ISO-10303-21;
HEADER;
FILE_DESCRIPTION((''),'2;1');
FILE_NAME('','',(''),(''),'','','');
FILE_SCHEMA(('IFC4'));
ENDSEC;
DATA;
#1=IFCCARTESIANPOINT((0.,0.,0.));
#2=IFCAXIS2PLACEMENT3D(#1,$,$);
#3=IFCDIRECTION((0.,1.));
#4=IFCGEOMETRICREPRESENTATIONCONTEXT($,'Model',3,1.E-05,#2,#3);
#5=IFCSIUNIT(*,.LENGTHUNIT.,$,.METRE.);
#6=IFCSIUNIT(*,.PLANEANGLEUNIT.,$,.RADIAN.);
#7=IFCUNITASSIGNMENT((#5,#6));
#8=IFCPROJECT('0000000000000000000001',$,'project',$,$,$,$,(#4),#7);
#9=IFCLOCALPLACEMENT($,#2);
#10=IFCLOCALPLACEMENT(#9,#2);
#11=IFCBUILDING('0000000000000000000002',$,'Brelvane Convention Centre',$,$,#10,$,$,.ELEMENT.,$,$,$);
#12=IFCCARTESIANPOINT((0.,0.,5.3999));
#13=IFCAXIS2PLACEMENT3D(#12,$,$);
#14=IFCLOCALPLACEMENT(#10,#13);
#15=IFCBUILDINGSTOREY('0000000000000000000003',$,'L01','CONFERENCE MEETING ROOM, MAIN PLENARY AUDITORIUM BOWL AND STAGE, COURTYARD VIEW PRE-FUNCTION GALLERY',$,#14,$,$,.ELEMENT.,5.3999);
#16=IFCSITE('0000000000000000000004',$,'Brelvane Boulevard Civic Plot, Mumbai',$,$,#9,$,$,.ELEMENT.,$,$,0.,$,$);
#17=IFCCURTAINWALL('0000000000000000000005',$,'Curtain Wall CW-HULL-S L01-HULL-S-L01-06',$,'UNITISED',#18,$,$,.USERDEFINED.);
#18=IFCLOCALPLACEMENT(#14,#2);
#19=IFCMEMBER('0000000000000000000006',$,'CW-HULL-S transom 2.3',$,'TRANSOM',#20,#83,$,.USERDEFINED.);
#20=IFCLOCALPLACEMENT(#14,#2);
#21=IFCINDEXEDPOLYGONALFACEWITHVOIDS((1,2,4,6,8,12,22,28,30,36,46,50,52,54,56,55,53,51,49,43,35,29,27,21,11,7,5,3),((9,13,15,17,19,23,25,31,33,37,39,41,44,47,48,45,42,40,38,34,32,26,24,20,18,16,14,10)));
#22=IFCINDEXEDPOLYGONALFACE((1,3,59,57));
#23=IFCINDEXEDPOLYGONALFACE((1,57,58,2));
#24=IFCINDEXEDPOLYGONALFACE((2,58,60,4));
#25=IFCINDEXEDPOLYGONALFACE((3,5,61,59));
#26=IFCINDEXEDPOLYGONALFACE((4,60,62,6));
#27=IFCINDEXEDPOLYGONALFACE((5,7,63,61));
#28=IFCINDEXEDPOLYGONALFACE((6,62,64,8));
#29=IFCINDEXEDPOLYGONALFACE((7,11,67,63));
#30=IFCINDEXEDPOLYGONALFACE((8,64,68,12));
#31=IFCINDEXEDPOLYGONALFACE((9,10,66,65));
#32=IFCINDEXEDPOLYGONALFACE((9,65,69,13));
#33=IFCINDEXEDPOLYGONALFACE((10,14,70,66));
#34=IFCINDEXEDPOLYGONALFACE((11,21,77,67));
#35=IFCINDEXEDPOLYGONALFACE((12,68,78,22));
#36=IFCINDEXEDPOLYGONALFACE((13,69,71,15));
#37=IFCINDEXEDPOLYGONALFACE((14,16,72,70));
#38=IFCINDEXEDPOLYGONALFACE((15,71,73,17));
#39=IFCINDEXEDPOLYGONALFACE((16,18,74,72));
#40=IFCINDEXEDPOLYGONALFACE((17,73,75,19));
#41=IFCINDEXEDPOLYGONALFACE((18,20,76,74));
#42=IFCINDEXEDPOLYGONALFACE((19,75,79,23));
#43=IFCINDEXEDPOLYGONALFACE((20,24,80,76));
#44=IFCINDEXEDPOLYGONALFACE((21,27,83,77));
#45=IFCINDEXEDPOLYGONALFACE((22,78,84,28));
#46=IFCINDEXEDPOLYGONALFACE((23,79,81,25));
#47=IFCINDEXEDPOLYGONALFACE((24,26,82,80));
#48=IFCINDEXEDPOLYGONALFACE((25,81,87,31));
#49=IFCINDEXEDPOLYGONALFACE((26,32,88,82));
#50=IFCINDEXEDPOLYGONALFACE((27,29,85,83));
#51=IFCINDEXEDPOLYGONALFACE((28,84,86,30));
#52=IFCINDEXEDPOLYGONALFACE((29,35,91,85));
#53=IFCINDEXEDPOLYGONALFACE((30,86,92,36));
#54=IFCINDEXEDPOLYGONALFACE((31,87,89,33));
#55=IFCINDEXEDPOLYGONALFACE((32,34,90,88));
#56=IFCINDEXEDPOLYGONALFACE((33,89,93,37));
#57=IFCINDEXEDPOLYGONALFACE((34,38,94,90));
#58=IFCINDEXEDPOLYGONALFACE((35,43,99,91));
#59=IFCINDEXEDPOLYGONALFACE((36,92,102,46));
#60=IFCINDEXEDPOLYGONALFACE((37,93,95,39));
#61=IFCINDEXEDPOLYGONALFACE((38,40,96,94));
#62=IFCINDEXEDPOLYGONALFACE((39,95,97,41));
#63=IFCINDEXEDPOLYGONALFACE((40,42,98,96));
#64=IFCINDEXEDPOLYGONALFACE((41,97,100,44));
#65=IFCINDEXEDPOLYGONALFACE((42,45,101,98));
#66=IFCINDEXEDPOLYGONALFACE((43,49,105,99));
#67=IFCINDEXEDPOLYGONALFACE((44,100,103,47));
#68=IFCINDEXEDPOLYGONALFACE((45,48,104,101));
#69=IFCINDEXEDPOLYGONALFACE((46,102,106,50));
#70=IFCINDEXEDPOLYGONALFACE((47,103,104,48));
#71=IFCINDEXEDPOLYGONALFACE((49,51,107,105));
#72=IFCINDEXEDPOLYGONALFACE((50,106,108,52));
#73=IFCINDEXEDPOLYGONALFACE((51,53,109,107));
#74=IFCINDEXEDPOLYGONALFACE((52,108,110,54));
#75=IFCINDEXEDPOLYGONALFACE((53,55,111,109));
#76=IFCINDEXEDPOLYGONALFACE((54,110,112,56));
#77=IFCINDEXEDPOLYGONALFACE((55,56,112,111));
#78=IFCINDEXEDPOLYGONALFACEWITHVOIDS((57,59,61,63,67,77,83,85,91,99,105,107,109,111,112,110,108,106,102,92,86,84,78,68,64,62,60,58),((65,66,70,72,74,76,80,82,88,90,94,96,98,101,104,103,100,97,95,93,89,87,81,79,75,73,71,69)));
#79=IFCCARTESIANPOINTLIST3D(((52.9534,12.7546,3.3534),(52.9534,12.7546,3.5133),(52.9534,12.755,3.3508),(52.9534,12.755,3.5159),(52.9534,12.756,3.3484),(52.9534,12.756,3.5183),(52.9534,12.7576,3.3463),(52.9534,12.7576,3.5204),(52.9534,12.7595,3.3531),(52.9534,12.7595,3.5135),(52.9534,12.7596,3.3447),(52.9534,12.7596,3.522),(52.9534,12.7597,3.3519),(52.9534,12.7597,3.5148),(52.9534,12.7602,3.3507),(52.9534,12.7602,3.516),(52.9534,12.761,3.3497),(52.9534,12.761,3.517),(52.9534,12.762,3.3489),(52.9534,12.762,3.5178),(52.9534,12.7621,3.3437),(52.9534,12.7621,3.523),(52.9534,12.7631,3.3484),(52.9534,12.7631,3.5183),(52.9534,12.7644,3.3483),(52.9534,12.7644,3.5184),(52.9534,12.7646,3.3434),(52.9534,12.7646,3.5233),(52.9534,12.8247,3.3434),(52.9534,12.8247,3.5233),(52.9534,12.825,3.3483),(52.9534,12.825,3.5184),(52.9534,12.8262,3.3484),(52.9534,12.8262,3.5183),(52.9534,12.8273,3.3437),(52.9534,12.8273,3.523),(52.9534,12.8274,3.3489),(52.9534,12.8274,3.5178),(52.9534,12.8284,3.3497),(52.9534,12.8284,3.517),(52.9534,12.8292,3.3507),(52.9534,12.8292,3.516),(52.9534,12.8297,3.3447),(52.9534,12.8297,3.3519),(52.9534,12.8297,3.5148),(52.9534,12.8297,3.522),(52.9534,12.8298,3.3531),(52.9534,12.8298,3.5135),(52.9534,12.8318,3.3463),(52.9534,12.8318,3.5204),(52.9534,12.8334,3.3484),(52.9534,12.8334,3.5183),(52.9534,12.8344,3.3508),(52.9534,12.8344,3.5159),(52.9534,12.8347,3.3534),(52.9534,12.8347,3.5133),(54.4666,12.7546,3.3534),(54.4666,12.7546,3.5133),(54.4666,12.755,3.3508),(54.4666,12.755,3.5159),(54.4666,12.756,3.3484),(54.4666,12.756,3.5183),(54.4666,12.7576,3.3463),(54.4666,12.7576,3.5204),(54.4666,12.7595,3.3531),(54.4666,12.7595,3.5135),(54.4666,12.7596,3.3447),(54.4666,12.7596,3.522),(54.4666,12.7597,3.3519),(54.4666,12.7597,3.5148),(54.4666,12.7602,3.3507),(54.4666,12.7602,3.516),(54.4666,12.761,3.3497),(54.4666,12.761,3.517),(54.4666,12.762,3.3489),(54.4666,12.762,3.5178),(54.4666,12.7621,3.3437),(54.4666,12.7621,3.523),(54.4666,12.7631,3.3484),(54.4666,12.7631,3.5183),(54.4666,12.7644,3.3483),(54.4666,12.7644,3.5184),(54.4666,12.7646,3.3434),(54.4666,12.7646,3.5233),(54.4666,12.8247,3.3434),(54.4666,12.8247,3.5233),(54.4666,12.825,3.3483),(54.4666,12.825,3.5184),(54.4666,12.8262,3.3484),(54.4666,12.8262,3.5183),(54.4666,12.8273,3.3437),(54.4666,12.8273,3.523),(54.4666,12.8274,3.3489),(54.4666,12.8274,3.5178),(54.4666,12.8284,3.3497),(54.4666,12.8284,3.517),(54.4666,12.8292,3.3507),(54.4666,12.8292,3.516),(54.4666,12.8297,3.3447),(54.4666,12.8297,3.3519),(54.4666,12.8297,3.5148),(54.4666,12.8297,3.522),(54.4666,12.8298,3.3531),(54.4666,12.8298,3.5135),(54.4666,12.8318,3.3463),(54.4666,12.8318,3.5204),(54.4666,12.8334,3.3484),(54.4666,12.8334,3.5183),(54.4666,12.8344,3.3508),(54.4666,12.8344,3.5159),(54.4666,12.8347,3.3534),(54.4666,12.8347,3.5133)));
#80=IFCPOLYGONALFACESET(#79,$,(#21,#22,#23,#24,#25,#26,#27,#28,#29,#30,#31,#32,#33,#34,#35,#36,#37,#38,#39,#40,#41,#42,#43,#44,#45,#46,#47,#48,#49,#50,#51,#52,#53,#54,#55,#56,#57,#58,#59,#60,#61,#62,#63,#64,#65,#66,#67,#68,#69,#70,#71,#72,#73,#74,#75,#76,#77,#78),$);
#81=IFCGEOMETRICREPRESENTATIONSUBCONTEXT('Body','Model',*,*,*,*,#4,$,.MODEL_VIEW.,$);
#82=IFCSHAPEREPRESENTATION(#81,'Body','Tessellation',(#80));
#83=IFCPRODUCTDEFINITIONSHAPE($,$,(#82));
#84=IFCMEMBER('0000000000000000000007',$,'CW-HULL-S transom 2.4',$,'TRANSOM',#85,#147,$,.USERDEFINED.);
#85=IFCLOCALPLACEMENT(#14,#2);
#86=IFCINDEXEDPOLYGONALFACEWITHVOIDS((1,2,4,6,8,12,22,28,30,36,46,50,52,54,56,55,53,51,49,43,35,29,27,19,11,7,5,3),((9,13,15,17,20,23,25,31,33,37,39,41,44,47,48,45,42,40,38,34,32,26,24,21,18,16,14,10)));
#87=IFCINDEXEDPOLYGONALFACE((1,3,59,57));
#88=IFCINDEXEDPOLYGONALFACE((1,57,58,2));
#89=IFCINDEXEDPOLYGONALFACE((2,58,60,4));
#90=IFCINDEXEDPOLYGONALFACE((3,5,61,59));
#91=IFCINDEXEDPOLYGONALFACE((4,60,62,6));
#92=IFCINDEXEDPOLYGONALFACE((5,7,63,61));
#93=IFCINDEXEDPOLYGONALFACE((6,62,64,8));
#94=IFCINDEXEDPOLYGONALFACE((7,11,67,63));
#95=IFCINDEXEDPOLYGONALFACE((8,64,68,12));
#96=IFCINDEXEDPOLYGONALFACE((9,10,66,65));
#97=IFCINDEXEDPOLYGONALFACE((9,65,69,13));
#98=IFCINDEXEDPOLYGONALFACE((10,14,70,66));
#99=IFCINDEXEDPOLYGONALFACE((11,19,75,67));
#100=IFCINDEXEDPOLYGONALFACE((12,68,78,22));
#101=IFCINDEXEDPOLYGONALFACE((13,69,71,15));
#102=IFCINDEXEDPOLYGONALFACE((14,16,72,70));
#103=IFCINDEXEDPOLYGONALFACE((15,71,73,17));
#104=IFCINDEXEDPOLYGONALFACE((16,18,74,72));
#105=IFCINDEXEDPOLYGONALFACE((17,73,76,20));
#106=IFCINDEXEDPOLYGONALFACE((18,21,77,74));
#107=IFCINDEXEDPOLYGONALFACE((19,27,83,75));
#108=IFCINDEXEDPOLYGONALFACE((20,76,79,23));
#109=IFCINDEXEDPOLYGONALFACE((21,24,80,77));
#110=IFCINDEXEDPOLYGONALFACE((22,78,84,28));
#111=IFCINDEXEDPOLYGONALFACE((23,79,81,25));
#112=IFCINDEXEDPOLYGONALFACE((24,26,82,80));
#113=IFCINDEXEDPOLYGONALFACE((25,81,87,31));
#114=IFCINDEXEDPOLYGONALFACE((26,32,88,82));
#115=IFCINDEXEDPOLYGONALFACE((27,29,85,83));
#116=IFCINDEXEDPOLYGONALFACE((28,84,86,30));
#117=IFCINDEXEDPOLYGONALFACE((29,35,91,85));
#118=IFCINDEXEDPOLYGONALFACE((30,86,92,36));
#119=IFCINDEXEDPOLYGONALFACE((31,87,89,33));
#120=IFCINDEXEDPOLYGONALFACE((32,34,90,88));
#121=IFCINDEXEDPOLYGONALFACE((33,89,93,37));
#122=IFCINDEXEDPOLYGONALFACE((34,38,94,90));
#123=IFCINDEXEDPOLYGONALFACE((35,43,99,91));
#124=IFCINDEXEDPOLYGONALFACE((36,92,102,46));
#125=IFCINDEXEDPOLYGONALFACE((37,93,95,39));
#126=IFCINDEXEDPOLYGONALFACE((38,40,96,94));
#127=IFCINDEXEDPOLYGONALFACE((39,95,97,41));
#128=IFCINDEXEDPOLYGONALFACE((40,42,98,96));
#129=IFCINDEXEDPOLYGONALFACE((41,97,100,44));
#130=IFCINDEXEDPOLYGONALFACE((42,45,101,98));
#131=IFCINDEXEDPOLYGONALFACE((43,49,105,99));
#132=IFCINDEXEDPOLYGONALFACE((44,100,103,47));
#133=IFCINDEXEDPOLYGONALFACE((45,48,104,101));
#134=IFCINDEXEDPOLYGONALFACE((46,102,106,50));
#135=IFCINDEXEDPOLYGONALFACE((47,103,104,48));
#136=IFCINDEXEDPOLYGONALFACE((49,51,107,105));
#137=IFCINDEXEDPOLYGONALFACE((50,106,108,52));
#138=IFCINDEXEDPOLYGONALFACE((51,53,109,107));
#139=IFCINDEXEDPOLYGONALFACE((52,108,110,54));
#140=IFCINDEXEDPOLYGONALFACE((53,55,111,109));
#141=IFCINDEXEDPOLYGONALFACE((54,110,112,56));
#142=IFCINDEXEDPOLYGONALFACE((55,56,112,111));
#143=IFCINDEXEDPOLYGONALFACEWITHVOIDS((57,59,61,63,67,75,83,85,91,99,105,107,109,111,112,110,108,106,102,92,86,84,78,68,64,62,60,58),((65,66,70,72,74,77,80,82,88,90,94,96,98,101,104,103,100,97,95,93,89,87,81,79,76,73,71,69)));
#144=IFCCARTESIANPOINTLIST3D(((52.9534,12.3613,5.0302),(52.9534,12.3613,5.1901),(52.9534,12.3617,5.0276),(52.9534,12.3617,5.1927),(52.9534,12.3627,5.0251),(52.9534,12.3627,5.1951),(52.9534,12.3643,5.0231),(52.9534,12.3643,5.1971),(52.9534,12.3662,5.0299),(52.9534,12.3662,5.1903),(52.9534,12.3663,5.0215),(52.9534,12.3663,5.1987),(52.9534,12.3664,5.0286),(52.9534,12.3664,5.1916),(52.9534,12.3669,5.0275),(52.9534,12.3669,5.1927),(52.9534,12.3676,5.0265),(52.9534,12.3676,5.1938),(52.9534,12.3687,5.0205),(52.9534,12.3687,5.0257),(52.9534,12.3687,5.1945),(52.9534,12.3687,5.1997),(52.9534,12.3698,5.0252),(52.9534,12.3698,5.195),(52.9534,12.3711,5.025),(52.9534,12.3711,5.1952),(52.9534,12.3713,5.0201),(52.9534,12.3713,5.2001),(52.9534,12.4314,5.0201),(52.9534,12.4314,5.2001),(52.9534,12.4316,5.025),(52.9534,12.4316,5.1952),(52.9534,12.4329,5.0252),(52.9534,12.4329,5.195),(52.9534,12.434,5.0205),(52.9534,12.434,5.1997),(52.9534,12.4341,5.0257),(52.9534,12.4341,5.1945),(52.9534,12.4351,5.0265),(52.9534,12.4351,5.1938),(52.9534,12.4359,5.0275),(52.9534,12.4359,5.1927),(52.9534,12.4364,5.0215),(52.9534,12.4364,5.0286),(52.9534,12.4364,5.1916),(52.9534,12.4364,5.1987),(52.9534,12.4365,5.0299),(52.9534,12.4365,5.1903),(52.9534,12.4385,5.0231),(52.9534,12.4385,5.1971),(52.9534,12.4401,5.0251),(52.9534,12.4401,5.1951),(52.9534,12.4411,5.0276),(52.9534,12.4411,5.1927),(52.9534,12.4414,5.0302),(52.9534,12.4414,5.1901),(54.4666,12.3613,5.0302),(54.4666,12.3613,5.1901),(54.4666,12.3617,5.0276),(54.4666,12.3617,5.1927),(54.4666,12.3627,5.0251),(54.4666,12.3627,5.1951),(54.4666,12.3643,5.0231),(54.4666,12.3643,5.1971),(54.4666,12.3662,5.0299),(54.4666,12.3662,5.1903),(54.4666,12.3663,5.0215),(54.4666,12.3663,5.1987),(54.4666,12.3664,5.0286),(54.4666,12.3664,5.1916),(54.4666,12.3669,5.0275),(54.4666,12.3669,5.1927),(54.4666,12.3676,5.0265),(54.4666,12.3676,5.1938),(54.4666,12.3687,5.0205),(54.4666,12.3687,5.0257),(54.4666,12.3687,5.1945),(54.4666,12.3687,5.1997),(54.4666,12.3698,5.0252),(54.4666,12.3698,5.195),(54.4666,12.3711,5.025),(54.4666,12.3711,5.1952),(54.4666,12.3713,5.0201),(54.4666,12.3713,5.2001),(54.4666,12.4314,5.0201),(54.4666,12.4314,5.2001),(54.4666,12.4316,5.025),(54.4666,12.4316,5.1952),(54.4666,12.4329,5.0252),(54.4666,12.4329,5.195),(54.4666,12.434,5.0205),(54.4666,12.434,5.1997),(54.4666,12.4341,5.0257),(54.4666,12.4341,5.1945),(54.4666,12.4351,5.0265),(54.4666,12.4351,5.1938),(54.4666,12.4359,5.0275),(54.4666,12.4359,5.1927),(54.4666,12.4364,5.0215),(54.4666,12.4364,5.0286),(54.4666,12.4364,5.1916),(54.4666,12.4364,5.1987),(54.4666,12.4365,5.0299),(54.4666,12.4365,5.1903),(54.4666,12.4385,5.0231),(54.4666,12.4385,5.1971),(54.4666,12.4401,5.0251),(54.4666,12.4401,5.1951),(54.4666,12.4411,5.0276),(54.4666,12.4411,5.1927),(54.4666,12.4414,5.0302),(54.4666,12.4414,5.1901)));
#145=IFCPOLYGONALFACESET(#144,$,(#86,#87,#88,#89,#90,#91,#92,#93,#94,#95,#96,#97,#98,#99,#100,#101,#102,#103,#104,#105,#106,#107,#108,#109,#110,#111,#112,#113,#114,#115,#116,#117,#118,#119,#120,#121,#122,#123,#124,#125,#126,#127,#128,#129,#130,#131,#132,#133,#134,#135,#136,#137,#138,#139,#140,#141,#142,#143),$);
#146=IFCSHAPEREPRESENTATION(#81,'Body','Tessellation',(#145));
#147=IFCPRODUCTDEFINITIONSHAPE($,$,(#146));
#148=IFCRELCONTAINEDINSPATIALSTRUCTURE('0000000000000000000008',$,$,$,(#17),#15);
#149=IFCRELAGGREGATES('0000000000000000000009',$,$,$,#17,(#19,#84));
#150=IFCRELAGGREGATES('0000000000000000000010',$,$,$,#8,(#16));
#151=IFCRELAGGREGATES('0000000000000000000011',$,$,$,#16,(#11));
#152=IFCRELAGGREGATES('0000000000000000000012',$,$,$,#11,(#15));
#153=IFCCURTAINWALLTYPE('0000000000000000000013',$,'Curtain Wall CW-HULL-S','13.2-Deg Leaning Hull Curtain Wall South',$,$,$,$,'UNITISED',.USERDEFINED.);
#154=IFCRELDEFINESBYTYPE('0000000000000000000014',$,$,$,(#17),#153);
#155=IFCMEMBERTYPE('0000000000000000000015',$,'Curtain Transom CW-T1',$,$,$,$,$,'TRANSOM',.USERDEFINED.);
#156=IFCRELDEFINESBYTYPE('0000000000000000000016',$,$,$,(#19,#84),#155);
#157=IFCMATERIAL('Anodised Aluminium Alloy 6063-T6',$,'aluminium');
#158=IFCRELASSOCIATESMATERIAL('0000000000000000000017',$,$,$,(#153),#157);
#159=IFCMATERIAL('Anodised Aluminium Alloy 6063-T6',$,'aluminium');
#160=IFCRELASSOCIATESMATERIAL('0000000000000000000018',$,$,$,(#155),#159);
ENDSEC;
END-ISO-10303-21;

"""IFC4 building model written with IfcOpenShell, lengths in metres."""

from ifc_helpers import new_model, si_unit, direction, frame, origin, origin_2d, place, context, subcontext, project, spatial, hollow_rectangle, extrude, material, material_profile, profile_set, type_object, element, aggregate, save


model = new_model("IFC4")

# Units and contexts
model_context = context("Model", 3, precision=1e-05, world=origin(), true_north=direction((0.0, 1.0)))
body_context = subcontext(model_context, "Body", "Model", "MODEL_VIEW")
ifc_project = project(units=[si_unit("LENGTHUNIT", "METRE"), si_unit("PLANEANGLEUNIT", "RADIAN")], contexts=[model_context])

# Site, building, storey
site_placement = place(None, origin())
site = spatial("IfcSite", under=ifc_project, at=site_placement, Name="Brelvane Boulevard Civic Plot, Mumbai", CompositionType="ELEMENT", RefElevation=0.0)
building_placement = place(site_placement, origin())
building = spatial("IfcBuilding", under=site, at=building_placement, Name="Brelvane Convention Centre", CompositionType="ELEMENT")
storey_placement = place(building_placement, frame((0.0, 0.0, 5.3999)))
storey = spatial("IfcBuildingStorey", under=building, at=storey_placement, Name="L01", Description="CONFERENCE MEETING ROOM, MAIN PLENARY AUDITORIUM BOWL AND STAGE, COURTYARD VIEW PRE-FUNCTION GALLERY", CompositionType="ELEMENT", Elevation=5.3999)

# Curtain wall, members
ifc_material_1 = material(Name="Anodised Aluminium Alloy 6063-T6", Category="aluminium")
curtain_wall_type = type_object("IfcCurtainWallType", Name="Curtain Wall CW-HULL-S", Description="13.2-Deg Leaning Hull Curtain Wall South", ElementType="UNITISED", PredefinedType="USERDEFINED", material=ifc_material_1)
ifc_material_2 = material(Name="Anodised Aluminium Alloy 6063-T6", Category="aluminium")
ifc_material_profile = material_profile(ifc_material_2, hollow_rectangle(XDim=0.0801, YDim=0.1799, WallThickness=0.0049, InnerFilletRadius=0.0049, OuterFilletRadius=0.01, at=origin_2d()), Name="ALU-T 180x80x5.0")
ifc_profile_set = profile_set([ifc_material_profile], Name="Anodised Aluminium Alloy 6063-T6")
member_type = type_object("IfcMemberType", Name="Curtain Transom CW-T1", ElementType="TRANSOM", PredefinedType="USERDEFINED", material=ifc_profile_set)
curtain_wall_1_placement = place(storey_placement, origin())
curtain_wall_1 = element("IfcCurtainWall", 1, at=curtain_wall_1_placement, inside=storey, type_object=curtain_wall_type, Name="Curtain Wall CW-HULL-S L01-HULL-S-L01-06", ObjectType="UNITISED", PredefinedType="USERDEFINED")
member_1_placement = place(storey_placement, frame((52.9534, 12.7947, 3.4333), z_axis=(1.0, 0.0, 0.0), x_axis=(0.0, 1.0, 0.0)))
member_1 = element("IfcMember", 2, at=member_1_placement, type_object=member_type, Name="CW-HULL-S transom 2.3", ObjectType="TRANSOM", PredefinedType="USERDEFINED", context=body_context, shape_type="SweptSolid", body=[
    extrude(hollow_rectangle(XDim=0.0801, YDim=0.1799, WallThickness=0.0049, InnerFilletRadius=0.0049, OuterFilletRadius=0.01, at=origin_2d()), origin(), (0.0, 0.0, 1.0), 1.5132),
])
member_2_placement = place(storey_placement, frame((52.9534, 12.4014, 5.1101), z_axis=(1.0, 0.0, 0.0), x_axis=(0.0, 1.0, 0.0)))
member_2 = element("IfcMember", 3, at=member_2_placement, type_object=member_type, Name="CW-HULL-S transom 2.4", ObjectType="TRANSOM", PredefinedType="USERDEFINED", context=body_context, shape_type="SweptSolid", body=[
    extrude(hollow_rectangle(XDim=0.0801, YDim=0.1799, WallThickness=0.0049, InnerFilletRadius=0.0049, OuterFilletRadius=0.01, at=origin_2d()), origin(), (0.0, 0.0, 1.0), 1.5132),
])

aggregate(curtain_wall_1, [member_1, member_2])

save(model, "model.ifc")
